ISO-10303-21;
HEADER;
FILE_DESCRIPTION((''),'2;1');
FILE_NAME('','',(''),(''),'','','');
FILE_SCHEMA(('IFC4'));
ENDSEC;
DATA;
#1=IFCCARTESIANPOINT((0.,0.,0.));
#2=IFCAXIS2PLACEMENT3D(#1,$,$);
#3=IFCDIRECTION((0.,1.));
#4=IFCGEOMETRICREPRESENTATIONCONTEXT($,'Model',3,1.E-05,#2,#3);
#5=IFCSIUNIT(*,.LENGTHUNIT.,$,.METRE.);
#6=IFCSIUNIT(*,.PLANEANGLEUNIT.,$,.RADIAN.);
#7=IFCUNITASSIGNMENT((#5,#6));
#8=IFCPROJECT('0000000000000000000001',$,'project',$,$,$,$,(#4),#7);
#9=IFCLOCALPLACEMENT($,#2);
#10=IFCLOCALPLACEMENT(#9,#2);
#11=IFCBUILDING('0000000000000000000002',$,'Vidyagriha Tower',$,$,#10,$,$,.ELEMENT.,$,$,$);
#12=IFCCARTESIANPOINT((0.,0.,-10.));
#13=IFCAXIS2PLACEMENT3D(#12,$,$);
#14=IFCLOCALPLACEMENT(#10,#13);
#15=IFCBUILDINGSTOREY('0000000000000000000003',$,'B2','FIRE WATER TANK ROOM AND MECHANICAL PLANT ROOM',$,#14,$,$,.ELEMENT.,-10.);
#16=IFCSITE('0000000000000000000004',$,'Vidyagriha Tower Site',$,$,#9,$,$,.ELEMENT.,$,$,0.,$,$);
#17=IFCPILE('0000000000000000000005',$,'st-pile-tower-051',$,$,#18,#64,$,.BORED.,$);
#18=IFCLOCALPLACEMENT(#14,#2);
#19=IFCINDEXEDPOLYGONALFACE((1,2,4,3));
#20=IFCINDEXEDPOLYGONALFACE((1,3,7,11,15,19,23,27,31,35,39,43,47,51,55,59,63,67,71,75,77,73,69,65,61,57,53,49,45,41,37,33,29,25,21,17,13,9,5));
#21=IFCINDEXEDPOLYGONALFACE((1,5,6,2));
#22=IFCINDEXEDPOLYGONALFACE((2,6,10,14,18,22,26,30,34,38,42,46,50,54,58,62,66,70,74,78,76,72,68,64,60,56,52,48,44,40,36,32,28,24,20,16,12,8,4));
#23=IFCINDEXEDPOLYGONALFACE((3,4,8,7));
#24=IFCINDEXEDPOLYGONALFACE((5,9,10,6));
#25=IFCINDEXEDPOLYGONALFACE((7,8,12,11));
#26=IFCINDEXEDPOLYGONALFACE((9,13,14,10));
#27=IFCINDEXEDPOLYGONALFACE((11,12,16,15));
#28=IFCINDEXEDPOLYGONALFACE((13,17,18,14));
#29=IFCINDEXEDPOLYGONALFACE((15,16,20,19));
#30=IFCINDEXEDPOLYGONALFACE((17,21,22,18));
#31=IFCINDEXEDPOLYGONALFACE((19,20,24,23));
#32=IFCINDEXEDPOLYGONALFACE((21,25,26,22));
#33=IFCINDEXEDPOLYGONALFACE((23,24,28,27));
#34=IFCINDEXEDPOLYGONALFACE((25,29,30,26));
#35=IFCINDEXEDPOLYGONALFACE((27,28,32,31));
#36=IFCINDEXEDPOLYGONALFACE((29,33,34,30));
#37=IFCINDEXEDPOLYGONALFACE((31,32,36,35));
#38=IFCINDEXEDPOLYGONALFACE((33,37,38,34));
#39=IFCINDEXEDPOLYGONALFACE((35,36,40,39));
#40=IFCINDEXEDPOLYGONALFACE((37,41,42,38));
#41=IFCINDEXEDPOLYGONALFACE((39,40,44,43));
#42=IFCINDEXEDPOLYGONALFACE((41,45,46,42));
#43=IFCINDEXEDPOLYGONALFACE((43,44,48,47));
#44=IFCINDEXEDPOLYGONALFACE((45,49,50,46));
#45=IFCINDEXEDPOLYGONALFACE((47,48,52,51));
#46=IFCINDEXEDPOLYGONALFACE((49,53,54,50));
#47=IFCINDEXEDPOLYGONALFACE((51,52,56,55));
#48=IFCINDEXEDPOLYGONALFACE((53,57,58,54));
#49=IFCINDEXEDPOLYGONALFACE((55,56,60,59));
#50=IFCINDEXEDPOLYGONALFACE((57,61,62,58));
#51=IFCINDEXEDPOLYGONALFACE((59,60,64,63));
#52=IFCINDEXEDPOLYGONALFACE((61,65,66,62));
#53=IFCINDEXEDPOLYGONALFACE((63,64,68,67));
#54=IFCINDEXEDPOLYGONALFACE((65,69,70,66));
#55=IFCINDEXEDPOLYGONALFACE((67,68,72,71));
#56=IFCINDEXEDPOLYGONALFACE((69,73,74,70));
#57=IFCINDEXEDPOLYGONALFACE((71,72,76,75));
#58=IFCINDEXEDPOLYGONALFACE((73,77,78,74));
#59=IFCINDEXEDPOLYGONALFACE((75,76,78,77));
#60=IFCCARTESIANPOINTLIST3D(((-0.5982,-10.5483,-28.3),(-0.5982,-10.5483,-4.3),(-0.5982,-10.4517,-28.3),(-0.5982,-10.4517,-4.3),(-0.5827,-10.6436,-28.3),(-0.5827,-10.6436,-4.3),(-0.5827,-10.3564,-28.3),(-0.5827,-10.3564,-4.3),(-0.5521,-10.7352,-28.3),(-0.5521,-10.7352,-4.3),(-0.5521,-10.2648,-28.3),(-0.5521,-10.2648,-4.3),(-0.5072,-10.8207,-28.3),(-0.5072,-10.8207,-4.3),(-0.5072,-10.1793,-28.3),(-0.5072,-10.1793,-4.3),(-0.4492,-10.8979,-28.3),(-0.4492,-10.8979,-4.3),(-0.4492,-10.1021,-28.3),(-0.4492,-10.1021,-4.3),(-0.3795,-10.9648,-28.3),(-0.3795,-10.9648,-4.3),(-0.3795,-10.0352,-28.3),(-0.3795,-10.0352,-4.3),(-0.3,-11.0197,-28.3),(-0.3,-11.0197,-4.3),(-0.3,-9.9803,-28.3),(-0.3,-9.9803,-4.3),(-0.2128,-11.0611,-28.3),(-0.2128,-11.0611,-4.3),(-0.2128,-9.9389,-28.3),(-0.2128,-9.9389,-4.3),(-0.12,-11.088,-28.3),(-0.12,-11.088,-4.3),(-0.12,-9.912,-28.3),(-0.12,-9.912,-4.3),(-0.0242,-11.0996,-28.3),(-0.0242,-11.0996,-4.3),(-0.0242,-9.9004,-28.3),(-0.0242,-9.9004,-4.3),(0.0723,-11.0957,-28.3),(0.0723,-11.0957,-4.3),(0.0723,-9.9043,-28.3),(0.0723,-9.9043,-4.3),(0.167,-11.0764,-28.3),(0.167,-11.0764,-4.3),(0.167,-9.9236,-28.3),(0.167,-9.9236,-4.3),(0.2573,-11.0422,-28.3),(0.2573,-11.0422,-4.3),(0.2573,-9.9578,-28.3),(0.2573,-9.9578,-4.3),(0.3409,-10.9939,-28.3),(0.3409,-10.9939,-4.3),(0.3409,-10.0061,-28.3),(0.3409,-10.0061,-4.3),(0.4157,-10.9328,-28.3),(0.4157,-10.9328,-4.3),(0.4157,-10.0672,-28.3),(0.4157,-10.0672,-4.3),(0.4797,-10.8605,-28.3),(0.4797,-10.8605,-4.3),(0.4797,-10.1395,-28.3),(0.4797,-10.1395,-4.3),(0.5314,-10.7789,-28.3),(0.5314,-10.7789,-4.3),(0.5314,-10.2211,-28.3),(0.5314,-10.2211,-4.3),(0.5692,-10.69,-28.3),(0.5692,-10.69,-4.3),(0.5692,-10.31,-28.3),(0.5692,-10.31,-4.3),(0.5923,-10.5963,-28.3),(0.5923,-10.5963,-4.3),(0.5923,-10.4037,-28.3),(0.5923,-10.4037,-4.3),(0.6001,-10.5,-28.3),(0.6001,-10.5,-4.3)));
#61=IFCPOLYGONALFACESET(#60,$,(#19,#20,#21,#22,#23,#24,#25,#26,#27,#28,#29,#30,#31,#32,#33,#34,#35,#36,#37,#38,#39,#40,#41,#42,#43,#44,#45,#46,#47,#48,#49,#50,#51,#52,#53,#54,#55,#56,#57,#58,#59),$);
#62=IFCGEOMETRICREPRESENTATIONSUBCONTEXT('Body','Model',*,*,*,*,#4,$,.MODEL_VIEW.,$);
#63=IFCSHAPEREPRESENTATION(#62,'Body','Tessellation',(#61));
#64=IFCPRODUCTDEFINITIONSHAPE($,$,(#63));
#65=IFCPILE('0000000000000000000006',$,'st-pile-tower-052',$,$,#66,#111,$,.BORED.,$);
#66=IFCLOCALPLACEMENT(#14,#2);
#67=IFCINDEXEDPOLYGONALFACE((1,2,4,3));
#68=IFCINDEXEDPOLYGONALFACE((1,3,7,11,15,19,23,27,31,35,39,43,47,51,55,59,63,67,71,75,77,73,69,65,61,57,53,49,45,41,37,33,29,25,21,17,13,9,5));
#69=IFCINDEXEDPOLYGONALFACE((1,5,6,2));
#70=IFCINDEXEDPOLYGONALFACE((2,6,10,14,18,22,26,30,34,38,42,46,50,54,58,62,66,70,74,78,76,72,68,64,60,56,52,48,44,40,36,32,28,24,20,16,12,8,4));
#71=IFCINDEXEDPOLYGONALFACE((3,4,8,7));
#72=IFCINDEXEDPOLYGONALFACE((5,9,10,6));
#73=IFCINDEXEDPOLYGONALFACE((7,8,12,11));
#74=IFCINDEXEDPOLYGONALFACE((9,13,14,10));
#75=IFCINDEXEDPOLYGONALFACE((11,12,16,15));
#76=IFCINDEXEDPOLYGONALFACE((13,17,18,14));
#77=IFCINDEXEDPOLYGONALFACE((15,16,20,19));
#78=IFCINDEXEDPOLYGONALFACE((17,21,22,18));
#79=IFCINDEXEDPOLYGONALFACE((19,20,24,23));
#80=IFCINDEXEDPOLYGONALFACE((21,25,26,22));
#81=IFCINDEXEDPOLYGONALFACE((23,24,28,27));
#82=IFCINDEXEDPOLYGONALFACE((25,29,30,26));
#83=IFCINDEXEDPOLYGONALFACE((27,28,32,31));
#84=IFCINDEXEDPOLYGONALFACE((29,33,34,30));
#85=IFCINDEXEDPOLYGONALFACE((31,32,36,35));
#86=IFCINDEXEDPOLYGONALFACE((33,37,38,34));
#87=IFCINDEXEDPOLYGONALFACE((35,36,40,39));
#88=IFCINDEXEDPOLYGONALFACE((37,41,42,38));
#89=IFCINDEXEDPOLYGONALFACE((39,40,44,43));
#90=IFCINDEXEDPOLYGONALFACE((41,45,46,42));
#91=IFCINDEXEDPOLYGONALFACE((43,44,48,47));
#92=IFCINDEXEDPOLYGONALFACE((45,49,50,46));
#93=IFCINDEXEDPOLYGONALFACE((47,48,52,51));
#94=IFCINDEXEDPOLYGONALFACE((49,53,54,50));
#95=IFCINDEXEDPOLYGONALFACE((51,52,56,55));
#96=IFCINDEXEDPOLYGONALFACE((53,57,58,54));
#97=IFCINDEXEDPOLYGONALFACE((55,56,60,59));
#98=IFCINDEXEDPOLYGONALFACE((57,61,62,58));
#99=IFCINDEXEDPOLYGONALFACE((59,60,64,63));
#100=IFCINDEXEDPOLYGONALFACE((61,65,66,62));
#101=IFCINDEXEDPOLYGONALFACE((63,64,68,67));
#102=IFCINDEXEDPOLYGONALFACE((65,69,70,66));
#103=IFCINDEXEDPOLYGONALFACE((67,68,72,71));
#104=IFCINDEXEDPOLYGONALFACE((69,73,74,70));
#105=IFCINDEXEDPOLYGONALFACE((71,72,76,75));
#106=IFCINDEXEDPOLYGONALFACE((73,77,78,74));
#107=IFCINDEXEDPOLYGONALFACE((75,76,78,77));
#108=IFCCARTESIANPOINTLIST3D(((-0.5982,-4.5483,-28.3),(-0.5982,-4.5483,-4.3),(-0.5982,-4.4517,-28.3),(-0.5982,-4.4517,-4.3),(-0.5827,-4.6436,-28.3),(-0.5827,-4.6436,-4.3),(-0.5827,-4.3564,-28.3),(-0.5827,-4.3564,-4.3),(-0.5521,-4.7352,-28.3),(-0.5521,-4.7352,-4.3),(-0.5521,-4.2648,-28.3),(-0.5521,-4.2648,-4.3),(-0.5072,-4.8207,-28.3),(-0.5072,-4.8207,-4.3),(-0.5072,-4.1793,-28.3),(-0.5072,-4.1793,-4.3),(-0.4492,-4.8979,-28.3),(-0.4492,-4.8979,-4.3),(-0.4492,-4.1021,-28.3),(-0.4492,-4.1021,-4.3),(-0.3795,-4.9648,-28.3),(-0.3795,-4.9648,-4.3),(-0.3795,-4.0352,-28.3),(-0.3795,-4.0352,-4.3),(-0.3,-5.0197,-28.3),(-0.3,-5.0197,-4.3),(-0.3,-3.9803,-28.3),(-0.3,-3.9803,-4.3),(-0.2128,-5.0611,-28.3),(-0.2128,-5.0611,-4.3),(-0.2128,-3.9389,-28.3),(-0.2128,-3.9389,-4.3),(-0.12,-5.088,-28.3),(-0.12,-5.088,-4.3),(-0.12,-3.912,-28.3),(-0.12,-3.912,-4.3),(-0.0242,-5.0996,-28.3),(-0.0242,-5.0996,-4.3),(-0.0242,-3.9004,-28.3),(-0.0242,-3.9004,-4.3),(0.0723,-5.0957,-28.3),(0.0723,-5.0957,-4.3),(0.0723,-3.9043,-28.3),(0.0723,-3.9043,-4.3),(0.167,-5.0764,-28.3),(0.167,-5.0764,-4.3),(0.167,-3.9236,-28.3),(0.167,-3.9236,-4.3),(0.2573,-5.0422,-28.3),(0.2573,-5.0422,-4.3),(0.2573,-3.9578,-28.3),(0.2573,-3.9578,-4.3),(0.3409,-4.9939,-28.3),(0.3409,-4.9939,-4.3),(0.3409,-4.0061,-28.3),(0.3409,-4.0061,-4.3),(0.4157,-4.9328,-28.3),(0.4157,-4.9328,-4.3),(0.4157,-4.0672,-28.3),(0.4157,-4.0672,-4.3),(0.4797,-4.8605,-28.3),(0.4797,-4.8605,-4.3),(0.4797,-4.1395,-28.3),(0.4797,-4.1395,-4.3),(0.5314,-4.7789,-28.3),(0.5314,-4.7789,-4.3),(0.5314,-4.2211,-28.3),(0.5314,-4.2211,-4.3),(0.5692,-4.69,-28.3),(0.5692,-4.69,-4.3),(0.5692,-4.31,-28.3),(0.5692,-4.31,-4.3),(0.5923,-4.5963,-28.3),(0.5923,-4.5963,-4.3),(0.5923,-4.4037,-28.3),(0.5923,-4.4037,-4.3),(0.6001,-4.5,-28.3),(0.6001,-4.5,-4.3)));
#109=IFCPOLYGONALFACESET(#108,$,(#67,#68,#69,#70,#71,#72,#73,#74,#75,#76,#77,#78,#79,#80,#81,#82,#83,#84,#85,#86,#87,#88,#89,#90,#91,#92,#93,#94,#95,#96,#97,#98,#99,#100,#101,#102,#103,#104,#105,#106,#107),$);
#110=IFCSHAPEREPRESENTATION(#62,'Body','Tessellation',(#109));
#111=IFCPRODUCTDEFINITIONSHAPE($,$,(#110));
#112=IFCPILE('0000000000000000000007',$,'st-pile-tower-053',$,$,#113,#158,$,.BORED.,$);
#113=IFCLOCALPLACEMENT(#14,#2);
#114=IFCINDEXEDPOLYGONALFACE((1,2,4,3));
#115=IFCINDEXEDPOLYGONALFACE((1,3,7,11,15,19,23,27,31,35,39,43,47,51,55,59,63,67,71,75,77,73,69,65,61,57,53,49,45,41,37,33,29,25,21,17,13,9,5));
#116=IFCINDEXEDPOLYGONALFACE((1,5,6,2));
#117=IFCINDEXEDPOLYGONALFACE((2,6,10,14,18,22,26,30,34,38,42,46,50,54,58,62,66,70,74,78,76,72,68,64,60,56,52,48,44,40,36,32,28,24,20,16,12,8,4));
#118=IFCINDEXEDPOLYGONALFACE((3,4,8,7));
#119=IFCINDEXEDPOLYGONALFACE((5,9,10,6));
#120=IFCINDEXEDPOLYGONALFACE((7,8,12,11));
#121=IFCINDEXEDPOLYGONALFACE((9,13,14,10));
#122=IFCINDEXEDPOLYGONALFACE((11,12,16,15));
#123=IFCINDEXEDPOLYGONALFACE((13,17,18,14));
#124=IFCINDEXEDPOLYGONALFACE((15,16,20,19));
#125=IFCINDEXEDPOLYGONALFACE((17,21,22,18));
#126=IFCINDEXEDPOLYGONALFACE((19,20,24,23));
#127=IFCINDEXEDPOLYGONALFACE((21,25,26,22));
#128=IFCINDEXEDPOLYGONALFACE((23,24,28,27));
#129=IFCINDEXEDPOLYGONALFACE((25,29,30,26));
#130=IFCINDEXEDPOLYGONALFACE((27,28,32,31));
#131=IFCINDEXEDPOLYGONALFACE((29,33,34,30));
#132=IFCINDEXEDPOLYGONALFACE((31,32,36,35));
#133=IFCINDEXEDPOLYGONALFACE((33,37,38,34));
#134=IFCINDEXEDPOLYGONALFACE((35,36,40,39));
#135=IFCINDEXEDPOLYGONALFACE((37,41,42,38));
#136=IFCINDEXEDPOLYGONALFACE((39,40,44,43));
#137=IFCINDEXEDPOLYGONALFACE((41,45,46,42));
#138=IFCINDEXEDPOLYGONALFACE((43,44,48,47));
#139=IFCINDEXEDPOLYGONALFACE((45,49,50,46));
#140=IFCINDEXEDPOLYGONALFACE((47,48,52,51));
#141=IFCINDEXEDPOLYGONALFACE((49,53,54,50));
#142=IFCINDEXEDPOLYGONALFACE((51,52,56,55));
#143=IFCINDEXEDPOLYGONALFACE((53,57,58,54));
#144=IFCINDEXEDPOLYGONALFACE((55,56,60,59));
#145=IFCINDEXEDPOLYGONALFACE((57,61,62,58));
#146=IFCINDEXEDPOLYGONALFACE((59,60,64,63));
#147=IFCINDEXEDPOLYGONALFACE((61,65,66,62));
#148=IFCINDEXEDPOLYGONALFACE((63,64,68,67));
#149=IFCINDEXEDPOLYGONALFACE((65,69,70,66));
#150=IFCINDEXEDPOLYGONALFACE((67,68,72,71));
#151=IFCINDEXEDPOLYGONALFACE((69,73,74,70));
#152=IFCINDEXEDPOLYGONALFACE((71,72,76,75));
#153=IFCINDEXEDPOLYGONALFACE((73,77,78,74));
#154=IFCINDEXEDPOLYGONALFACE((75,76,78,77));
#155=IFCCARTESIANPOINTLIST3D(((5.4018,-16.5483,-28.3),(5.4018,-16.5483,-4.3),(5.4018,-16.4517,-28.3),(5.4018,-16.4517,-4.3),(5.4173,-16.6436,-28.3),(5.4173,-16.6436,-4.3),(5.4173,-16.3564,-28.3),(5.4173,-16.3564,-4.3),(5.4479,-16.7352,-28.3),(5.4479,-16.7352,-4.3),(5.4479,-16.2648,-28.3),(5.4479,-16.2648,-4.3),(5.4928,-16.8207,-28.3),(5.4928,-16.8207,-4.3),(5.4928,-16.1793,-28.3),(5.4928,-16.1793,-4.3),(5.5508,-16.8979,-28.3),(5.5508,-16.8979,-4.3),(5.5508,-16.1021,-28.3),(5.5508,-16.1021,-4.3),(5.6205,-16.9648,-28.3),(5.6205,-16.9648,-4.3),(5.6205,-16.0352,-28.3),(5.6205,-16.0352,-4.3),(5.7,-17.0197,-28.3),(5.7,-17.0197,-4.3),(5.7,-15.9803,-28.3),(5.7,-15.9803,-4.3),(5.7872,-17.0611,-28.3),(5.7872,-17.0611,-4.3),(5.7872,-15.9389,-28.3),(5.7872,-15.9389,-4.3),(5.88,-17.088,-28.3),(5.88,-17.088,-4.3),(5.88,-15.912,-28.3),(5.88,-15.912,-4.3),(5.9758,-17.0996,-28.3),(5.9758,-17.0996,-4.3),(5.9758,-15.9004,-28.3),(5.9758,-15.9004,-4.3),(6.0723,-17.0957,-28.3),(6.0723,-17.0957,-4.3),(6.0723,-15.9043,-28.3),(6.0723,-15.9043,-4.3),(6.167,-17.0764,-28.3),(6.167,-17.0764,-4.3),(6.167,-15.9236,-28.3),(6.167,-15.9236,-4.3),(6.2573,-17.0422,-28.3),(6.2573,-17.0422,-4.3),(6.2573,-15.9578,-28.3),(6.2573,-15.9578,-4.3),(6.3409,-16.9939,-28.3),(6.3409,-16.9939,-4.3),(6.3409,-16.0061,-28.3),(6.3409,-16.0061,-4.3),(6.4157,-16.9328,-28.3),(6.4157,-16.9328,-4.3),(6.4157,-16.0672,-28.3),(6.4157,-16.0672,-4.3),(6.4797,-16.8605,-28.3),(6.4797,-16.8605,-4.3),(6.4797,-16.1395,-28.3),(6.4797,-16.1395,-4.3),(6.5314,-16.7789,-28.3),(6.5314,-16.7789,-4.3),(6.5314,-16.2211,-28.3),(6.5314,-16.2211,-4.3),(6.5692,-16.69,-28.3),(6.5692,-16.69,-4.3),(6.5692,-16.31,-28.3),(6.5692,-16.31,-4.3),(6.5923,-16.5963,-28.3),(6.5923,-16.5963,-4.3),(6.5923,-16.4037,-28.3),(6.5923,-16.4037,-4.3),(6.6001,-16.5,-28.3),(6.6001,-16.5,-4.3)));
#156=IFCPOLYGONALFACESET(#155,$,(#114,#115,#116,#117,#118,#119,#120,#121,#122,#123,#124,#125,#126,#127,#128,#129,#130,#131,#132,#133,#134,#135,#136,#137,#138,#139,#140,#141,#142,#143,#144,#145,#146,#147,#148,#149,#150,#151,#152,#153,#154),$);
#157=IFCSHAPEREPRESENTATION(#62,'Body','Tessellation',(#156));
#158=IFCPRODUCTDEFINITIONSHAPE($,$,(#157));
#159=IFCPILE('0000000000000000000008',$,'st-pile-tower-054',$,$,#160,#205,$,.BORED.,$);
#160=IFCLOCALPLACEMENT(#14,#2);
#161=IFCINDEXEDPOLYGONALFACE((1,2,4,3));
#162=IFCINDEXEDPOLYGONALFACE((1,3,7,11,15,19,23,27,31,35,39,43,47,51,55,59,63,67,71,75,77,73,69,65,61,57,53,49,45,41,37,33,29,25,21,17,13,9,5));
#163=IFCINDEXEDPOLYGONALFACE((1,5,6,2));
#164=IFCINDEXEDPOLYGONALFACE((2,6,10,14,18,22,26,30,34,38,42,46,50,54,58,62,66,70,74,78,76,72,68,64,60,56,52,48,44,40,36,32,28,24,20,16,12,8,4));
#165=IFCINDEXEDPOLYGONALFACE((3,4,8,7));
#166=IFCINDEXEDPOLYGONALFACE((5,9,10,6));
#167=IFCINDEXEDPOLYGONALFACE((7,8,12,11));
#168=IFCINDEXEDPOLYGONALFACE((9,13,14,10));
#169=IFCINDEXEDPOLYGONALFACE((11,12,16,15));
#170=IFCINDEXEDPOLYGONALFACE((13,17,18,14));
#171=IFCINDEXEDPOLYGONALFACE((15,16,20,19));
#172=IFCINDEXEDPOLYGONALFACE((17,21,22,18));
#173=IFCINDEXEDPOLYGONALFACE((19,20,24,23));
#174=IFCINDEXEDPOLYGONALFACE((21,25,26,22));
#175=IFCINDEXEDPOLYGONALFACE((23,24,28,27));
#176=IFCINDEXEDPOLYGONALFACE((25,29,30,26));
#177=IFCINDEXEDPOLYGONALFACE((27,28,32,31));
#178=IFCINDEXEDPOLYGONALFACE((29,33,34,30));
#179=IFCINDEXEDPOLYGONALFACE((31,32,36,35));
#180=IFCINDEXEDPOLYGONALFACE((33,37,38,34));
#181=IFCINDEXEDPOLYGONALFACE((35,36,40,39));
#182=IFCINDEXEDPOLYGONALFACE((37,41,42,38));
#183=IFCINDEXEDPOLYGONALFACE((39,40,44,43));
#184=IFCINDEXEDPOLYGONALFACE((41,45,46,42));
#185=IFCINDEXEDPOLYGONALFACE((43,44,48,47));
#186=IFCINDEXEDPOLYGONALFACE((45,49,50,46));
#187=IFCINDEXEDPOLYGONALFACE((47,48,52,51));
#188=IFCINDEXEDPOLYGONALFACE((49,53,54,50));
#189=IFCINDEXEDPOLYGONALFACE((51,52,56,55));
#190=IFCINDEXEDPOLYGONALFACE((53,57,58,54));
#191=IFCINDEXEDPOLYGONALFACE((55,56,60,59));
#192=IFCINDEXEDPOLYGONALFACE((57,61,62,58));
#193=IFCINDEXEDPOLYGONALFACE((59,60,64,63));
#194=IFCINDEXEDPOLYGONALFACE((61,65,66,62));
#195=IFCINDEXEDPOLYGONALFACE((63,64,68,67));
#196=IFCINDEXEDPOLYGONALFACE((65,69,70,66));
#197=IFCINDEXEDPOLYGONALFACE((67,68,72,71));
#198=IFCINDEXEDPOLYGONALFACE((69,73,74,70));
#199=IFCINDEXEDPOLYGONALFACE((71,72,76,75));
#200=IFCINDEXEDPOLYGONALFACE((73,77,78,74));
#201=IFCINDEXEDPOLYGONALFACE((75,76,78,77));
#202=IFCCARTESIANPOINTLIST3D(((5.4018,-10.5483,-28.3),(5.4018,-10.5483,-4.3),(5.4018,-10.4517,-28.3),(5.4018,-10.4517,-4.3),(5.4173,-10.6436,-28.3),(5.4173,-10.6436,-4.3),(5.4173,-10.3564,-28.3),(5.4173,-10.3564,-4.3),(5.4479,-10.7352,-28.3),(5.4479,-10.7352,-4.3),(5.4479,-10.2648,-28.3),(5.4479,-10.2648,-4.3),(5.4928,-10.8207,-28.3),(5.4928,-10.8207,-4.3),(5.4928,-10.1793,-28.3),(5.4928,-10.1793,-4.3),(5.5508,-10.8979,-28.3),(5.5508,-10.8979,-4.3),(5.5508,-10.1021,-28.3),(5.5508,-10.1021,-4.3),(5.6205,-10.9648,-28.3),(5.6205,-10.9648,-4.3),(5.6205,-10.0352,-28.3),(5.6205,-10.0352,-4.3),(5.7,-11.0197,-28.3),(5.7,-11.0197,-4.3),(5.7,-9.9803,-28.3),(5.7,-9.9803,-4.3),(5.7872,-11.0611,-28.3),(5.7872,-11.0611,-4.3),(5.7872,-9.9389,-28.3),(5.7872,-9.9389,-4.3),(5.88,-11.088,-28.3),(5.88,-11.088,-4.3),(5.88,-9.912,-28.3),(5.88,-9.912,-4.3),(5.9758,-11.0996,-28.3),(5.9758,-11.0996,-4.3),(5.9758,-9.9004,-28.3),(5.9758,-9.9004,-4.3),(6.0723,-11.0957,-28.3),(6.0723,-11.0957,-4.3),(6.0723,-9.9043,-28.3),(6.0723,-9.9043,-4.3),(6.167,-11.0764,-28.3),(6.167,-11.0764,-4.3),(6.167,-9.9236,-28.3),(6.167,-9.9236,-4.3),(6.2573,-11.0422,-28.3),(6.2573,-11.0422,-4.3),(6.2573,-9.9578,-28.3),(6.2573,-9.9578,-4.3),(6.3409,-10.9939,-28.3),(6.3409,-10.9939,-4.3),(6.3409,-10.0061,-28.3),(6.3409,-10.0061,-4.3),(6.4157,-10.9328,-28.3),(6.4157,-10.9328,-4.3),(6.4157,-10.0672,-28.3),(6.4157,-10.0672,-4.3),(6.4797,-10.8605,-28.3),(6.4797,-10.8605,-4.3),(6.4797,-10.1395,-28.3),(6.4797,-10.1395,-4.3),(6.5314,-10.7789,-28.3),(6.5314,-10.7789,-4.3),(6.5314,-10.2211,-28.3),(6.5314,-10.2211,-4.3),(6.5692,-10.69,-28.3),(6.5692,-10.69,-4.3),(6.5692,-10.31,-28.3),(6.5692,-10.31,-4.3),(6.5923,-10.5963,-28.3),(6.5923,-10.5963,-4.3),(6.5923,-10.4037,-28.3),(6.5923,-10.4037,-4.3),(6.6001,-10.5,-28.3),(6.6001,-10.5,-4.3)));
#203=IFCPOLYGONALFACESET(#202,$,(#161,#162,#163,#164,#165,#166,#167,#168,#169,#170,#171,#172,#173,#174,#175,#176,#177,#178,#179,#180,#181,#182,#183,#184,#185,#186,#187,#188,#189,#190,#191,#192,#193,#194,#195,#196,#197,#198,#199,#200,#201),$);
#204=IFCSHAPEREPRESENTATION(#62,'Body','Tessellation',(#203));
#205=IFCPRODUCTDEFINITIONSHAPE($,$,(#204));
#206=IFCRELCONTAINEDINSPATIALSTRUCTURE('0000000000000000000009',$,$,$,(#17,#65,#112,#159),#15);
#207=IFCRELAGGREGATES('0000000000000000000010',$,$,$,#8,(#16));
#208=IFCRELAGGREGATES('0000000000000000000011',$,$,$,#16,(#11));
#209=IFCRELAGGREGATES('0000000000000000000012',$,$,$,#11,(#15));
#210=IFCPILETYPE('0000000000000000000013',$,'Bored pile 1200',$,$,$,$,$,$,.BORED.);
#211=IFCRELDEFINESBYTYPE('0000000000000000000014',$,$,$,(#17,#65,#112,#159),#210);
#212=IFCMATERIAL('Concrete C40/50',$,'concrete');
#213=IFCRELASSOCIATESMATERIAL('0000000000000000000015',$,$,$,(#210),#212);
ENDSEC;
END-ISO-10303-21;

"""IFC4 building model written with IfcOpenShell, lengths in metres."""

from ifc_helpers import new_model, si_unit, direction, frame, origin, origin_2d, place, context, subcontext, project, spatial, circle, extrude, material, material_profile, profile_set, type_object, element, save


model = new_model("IFC4")

# Units and contexts
model_context = context("Model", 3, precision=1e-05, world=origin(), true_north=direction((0.0, 1.0)))
body_context = subcontext(model_context, "Body", "Model", "MODEL_VIEW")
ifc_project = project(units=[si_unit("LENGTHUNIT", "METRE"), si_unit("PLANEANGLEUNIT", "RADIAN")], contexts=[model_context])

# Site, building, storey
site_placement = place(None, origin())
site = spatial("IfcSite", under=ifc_project, at=site_placement, Name="Vidyagriha Tower Site", CompositionType="ELEMENT", RefElevation=0.0)
building_placement = place(site_placement, origin())
building = spatial("IfcBuilding", under=site, at=building_placement, Name="Vidyagriha Tower", CompositionType="ELEMENT")
storey_placement = place(building_placement, frame((0.0, 0.0, -10.0)))
storey = spatial("IfcBuildingStorey", under=building, at=storey_placement, Name="B2", Description="FIRE WATER TANK ROOM AND MECHANICAL PLANT ROOM", CompositionType="ELEMENT", Elevation=-10.0)

# Piles
ifc_material_1 = material(Name="Concrete C40/50", Category="concrete")
ifc_material_profile_1 = material_profile(ifc_material_1, circle(Radius=0.6001, at=origin_2d()), Name="Bored pile 1200")
ifc_profile_set_1 = profile_set([ifc_material_profile_1], Name="Concrete C40/50")
pile_type = type_object("IfcPileType", Name="Bored pile 1200", PredefinedType="BORED", material=ifc_profile_set_1)
for number, where, z_axis, x_axis, name in (
    (1, (0.0, -10.5, -4.3), (0.0, 0.0, -1.0), (1.0, 0.0, 0.0), "st-pile-tower-051"),
    (2, (0.0, -4.5, -4.3), (0.0, 0.0, -1.0), (1.0, 0.0, 0.0), "st-pile-tower-052"),
    (3, (6.0, -16.5, -4.3), (0.0, 0.0, -1.0), (1.0, 0.0, 0.0), "st-pile-tower-053"),
    (4, (6.0, -10.5, -4.3), (0.0, 0.0, -1.0), (1.0, 0.0, 0.0), "st-pile-tower-054"),
):
    element("IfcPile", number, at=place(storey_placement, frame(where, z_axis=z_axis, x_axis=x_axis)), inside=storey, type_object=pile_type, Name=name, PredefinedType="BORED", context=body_context, shape_type="SweptSolid", body=[
        extrude(circle(Radius=0.6001, at=origin_2d()), origin(), (0.0, 0.0, 1.0), 24.0),
    ])

save(model, "model.ifc")
